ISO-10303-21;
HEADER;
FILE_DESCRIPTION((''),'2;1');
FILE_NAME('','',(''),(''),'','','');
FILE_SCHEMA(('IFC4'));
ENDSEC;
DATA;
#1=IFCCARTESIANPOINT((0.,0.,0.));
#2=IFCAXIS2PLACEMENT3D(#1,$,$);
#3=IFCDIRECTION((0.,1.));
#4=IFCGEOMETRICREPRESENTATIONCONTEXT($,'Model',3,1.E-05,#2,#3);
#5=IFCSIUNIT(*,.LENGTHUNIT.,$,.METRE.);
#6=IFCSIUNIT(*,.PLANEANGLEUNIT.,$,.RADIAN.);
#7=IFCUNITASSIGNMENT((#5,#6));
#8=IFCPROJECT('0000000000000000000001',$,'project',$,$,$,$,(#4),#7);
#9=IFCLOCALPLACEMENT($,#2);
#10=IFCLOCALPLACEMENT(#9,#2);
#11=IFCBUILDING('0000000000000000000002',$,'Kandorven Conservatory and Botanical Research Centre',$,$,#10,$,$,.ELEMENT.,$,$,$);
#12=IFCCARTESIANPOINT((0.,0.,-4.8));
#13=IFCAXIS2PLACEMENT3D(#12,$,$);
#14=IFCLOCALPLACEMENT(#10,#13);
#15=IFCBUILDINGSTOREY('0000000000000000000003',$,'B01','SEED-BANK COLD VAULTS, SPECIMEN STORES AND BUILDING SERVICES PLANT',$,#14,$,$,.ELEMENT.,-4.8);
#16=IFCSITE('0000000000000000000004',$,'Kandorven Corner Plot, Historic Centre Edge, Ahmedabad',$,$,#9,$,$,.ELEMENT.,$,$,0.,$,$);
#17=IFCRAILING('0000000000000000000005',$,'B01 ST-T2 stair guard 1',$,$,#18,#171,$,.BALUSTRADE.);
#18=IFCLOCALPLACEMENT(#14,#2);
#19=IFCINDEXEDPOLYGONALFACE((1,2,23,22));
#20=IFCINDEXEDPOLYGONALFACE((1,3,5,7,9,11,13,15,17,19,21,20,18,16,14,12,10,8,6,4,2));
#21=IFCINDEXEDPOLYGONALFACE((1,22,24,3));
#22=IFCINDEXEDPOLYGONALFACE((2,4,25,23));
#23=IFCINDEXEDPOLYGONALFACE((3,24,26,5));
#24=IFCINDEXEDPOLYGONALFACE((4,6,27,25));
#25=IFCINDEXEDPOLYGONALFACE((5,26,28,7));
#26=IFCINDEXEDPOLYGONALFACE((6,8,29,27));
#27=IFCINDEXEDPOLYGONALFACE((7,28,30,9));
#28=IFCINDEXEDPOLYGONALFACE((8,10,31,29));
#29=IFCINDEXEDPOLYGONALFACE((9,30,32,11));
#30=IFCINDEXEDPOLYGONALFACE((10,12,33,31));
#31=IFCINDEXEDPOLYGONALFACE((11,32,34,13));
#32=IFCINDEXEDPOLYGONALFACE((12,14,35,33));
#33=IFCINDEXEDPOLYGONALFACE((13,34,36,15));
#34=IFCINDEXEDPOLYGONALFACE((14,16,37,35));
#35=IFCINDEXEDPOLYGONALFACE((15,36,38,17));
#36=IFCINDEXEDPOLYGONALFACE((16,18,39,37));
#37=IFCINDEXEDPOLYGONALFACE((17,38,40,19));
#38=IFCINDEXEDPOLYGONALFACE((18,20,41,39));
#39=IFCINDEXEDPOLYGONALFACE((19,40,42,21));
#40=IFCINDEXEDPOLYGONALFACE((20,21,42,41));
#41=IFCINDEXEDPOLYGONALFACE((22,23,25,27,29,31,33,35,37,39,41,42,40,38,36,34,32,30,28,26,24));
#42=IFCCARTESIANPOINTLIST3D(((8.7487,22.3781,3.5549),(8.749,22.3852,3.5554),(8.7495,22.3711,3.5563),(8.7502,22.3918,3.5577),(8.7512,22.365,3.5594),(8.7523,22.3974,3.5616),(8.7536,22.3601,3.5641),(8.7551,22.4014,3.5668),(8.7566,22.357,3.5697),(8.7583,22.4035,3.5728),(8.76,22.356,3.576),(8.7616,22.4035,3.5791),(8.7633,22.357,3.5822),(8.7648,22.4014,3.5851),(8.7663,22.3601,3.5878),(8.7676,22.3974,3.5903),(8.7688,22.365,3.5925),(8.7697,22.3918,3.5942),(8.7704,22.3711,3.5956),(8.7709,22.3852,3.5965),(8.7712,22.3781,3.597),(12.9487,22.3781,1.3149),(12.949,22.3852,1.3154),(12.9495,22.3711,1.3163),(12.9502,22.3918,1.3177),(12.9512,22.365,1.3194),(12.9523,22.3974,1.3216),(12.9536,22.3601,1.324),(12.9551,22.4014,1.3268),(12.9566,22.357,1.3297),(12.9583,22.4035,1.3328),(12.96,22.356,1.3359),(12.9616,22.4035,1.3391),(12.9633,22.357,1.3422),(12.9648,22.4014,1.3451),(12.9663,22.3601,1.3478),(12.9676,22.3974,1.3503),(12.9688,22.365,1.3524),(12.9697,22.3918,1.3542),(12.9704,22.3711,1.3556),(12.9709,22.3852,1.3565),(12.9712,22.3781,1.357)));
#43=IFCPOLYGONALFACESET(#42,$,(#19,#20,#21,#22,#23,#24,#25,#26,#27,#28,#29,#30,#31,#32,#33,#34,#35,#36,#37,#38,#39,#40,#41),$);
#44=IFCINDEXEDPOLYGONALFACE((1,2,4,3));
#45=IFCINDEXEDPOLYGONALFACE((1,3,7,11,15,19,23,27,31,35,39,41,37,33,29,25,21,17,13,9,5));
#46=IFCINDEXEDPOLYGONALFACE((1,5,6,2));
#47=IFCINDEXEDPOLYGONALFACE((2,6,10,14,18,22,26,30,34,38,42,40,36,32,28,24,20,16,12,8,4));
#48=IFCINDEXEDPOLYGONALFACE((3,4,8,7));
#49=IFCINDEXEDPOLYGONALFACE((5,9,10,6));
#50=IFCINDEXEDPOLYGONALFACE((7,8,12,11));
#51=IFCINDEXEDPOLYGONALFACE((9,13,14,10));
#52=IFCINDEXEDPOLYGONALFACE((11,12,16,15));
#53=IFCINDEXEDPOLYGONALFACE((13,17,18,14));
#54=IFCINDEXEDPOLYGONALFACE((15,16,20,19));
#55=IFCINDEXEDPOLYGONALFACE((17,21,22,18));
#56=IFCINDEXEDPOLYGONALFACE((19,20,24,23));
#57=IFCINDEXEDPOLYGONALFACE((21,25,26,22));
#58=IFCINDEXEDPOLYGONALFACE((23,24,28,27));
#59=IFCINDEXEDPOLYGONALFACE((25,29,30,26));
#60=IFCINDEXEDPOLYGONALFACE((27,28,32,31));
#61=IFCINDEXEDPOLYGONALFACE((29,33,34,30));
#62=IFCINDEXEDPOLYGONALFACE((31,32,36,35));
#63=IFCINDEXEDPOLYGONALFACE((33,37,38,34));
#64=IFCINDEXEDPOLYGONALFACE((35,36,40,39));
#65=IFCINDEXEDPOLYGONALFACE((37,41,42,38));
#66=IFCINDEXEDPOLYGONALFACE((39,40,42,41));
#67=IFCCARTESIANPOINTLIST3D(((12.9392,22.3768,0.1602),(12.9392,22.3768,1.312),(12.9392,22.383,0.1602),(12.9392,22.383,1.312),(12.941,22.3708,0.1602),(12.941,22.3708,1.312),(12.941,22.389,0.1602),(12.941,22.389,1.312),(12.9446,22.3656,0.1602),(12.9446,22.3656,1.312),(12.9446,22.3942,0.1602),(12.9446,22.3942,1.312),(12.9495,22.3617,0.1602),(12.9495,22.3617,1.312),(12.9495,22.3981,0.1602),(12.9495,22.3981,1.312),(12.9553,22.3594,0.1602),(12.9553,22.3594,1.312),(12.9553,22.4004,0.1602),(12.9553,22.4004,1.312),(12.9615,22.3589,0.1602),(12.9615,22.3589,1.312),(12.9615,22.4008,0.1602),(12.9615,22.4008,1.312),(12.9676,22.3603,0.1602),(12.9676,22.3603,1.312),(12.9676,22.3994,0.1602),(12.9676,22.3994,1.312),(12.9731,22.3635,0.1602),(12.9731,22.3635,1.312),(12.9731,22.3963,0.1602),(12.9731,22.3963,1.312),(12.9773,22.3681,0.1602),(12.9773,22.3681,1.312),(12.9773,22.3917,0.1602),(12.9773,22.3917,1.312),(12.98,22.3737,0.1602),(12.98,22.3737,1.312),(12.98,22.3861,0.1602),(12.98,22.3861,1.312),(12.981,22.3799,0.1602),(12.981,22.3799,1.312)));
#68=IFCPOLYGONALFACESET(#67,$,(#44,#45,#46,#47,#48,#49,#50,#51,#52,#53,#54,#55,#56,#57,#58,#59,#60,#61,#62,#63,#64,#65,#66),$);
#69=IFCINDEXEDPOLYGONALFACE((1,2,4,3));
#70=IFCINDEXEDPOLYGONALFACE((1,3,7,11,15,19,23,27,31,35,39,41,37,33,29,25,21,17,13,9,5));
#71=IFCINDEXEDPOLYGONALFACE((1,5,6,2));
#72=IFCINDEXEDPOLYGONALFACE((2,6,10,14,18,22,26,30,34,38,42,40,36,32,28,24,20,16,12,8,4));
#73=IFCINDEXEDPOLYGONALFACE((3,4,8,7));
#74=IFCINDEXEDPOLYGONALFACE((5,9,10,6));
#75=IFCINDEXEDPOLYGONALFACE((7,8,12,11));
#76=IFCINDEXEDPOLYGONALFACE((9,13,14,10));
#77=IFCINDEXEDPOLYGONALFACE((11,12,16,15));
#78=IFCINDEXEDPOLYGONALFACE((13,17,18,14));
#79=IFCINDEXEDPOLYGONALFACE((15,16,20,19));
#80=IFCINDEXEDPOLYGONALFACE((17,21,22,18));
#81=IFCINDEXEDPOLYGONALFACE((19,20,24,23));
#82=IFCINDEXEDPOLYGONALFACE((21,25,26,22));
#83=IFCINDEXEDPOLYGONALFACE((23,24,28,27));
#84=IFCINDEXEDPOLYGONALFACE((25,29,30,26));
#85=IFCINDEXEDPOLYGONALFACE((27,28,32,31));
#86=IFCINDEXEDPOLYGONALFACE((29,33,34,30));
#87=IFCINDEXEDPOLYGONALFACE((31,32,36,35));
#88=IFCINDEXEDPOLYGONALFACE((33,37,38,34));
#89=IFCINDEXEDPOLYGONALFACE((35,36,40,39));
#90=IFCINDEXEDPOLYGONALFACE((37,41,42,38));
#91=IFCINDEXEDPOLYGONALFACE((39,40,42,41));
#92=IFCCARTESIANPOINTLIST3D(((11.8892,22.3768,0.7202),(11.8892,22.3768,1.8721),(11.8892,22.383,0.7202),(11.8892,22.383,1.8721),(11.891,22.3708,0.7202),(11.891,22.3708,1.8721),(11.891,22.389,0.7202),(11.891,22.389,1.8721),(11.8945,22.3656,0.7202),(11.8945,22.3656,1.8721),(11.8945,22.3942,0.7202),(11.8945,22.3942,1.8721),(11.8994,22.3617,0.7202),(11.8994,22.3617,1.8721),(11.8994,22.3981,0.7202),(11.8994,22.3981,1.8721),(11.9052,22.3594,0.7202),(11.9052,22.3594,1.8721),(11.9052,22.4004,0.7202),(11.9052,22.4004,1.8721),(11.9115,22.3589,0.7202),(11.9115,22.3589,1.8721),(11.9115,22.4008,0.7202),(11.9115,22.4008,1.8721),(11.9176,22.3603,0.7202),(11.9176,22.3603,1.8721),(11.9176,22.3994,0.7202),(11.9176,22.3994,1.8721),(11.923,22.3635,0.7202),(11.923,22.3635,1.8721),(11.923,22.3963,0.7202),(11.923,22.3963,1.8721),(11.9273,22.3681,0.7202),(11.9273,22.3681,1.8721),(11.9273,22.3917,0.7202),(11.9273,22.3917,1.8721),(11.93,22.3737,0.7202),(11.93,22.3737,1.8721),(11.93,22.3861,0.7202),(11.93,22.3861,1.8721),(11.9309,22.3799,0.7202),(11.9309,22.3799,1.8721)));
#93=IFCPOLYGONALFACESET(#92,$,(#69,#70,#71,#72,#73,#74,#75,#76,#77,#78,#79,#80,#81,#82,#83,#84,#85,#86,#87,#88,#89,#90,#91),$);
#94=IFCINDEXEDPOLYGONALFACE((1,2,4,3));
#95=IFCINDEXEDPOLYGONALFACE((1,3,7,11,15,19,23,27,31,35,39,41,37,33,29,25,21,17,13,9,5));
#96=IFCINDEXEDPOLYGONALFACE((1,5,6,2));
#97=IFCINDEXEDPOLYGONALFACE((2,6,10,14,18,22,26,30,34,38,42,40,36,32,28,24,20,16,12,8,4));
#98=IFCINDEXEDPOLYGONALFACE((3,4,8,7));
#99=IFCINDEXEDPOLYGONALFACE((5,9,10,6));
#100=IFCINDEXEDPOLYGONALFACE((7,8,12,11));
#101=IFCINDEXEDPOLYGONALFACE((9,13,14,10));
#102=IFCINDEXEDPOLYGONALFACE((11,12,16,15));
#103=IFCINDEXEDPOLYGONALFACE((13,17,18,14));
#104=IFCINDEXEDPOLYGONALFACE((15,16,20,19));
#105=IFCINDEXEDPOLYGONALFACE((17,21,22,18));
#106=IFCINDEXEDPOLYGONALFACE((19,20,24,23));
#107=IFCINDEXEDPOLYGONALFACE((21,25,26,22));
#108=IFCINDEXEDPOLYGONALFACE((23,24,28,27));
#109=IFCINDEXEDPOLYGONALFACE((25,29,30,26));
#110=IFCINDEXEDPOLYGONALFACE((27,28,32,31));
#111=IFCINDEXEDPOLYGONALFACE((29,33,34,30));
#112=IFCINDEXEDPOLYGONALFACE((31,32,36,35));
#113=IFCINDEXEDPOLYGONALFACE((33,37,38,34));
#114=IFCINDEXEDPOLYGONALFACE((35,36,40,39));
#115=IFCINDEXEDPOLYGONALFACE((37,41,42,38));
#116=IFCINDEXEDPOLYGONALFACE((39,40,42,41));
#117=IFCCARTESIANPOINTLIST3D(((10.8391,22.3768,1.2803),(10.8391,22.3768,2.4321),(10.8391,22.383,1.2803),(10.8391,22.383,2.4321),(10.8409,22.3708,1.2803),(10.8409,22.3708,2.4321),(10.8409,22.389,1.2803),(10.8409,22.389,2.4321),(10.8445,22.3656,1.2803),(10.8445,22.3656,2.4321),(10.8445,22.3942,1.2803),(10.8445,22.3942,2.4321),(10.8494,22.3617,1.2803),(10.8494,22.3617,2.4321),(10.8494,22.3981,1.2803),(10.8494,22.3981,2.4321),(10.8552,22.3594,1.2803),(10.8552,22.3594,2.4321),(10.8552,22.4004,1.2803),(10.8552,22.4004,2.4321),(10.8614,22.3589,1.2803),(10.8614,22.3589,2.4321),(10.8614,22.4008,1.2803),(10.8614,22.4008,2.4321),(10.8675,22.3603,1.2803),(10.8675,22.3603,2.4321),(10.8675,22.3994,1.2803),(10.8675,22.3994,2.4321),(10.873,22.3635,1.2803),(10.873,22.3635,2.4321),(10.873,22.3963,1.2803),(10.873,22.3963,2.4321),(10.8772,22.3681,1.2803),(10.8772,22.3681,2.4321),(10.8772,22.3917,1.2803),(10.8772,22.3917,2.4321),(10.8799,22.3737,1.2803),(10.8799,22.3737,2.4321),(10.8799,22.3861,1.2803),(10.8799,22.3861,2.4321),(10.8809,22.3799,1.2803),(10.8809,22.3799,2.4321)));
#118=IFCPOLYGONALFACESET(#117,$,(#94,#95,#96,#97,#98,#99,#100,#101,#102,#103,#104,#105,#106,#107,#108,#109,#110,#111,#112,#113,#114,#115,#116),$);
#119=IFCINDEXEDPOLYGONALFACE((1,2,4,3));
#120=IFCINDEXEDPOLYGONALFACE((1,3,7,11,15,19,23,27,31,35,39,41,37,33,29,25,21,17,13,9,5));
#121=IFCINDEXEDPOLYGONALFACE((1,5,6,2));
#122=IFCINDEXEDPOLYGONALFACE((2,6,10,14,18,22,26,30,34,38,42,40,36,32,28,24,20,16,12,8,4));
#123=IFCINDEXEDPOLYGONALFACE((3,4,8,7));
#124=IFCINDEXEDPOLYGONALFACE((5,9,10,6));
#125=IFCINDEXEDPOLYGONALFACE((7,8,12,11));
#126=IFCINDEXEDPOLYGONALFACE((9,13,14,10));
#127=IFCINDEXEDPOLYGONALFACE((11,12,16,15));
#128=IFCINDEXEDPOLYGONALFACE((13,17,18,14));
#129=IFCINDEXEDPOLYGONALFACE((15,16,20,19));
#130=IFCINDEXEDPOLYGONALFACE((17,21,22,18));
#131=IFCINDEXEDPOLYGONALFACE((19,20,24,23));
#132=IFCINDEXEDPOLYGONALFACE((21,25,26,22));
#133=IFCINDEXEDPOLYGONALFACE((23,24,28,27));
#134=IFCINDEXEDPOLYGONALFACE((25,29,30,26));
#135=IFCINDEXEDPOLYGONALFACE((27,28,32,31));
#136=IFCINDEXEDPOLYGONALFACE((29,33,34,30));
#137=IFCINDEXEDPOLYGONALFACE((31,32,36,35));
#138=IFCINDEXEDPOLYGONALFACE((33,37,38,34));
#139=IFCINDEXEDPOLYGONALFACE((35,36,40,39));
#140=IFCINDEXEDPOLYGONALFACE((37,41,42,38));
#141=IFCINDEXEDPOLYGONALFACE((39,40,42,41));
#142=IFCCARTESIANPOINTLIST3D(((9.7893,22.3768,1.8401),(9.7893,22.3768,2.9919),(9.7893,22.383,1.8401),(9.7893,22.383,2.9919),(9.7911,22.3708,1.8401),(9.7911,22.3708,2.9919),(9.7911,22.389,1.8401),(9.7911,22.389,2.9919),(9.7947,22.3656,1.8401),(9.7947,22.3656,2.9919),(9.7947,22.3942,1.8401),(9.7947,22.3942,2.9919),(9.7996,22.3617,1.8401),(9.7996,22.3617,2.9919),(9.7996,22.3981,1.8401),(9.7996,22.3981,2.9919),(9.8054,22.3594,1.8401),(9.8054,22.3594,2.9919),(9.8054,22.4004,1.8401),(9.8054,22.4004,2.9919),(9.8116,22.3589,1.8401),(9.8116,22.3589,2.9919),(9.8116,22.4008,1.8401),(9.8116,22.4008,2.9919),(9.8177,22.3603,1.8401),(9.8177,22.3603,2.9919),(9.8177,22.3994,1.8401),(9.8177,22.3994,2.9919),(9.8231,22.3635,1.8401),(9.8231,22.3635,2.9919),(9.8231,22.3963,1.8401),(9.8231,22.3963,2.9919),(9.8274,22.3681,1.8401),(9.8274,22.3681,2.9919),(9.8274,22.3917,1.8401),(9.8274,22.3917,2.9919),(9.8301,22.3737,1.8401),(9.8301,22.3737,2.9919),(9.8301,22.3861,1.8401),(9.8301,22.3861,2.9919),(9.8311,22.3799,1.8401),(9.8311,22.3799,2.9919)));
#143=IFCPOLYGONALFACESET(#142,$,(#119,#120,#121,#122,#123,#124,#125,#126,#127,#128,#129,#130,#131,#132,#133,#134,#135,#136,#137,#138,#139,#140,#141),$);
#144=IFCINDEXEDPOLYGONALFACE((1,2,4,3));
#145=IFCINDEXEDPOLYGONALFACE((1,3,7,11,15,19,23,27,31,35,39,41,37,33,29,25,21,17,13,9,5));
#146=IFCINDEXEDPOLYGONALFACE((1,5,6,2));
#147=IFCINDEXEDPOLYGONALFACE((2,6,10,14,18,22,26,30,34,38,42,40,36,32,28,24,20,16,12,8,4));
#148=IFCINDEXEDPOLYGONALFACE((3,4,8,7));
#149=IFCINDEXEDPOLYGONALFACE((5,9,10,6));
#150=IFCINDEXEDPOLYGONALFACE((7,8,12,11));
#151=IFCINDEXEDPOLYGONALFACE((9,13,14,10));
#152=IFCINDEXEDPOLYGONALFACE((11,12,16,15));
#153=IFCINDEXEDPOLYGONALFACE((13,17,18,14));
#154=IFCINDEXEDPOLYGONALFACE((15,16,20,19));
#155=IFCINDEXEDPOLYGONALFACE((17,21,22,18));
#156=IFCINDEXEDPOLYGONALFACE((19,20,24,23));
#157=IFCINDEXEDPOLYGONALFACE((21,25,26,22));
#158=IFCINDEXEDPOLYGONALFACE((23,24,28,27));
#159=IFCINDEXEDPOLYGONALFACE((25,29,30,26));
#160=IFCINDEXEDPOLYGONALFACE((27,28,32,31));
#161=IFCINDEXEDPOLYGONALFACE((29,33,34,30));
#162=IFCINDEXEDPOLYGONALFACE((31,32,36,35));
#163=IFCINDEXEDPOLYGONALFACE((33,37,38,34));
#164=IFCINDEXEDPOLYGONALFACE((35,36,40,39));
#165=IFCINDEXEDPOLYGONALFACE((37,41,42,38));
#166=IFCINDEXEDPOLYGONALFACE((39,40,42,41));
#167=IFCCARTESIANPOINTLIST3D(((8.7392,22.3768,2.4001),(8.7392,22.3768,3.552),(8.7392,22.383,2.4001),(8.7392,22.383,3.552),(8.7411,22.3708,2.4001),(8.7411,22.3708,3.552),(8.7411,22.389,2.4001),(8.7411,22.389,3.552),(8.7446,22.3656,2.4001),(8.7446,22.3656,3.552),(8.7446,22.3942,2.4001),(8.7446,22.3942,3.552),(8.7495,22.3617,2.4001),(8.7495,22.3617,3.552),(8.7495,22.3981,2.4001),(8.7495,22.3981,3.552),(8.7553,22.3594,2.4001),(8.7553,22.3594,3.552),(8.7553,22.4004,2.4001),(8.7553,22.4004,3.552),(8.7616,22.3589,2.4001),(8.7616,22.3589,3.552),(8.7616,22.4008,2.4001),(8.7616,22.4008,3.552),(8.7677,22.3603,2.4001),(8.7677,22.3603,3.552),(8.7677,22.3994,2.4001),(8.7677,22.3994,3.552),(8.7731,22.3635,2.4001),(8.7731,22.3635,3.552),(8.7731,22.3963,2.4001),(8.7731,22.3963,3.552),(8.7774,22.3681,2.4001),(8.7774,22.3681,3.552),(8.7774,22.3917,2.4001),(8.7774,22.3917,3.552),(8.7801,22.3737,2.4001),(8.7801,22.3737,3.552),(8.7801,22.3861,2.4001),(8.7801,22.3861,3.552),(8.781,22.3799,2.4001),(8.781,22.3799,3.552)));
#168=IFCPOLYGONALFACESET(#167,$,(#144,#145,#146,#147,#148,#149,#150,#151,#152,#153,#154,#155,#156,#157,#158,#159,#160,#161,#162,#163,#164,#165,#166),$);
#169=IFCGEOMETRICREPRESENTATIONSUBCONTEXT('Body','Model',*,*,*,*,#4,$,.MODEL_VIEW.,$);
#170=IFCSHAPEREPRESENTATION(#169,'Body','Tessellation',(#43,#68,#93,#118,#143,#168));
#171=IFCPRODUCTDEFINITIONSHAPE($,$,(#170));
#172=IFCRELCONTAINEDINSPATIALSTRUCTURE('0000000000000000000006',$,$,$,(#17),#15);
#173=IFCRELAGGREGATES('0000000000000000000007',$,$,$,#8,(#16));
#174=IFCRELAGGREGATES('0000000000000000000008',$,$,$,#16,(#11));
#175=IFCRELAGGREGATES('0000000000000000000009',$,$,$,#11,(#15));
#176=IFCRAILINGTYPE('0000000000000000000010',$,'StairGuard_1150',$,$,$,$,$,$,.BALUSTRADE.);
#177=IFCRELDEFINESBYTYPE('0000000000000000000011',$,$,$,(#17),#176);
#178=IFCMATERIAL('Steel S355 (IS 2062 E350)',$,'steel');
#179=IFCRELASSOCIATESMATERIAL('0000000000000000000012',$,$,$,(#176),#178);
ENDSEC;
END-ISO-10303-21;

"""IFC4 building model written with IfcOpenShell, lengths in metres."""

from ifc_helpers import new_model, si_unit, direction, frame, origin, origin_2d, place, context, subcontext, project, spatial, circle, extrude, material, type_object, element, save


model = new_model("IFC4")

# Units and contexts
model_context = context("Model", 3, precision=1e-05, world=origin(), true_north=direction((0.0, 1.0)))
body_context = subcontext(model_context, "Body", "Model", "MODEL_VIEW")
ifc_project = project(units=[si_unit("LENGTHUNIT", "METRE"), si_unit("PLANEANGLEUNIT", "RADIAN")], contexts=[model_context])

# Site, building, storey
site_placement = place(None, origin())
site = spatial("IfcSite", under=ifc_project, at=site_placement, Name="Kandorven Corner Plot, Historic Centre Edge, Ahmedabad", CompositionType="ELEMENT", RefElevation=0.0)
building_placement = place(site_placement, origin())
building = spatial("IfcBuilding", under=site, at=building_placement, Name="Kandorven Conservatory and Botanical Research Centre", CompositionType="ELEMENT")
storey_placement = place(building_placement, frame((0.0, 0.0, -4.8)))
storey = spatial("IfcBuildingStorey", under=building, at=storey_placement, Name="B01", Description="SEED-BANK COLD VAULTS, SPECIMEN STORES AND BUILDING SERVICES PLANT", CompositionType="ELEMENT", Elevation=-4.8)

# Railing
ifc_material_1 = material(Name="Steel S355 (IS 2062 E350)", Category="steel")
railing_type_1 = type_object("IfcRailingType", Name="StairGuard_1150", PredefinedType="BALUSTRADE", material=ifc_material_1)
railing_1_placement = place(storey_placement, frame((12.96, 22.3799, 0.1602)))
element("IfcRailing", 1, at=railing_1_placement, inside=storey, type_object=railing_type_1, Name="B01 ST-T2 stair guard 1", PredefinedType="BALUSTRADE", context=body_context, shape_type="SweptSolid", body=[
    extrude(circle(Radius=0.0239, at=origin_2d()), frame((0.0, 0.0, 1.1758), z_axis=(-0.882352, 0.0, 0.470591), x_axis=(0.0, -1.0, 0.0)), (0.0, 0.0, 1.0), 4.76),
    extrude(circle(Radius=0.021, at=origin_2d()), origin(), (0.0, 0.0, 1.0), 1.1519),
    extrude(circle(Radius=0.021, at=origin_2d()), frame((-1.05, 0.0, 0.5601)), (0.0, 0.0, 1.0), 1.1519),
    extrude(circle(Radius=0.021, at=origin_2d()), frame((-2.1001, 0.0, 1.1201)), (0.0, 0.0, 1.0), 1.1519),
    extrude(circle(Radius=0.021, at=origin_2d()), frame((-3.1499, 0.0, 1.6799)), (0.0, 0.0, 1.0), 1.1519),
    extrude(circle(Radius=0.021, at=origin_2d()), frame((-4.2, 0.0, 2.24)), (0.0, 0.0, 1.0), 1.1519),
])

save(model, "model.ifc")
